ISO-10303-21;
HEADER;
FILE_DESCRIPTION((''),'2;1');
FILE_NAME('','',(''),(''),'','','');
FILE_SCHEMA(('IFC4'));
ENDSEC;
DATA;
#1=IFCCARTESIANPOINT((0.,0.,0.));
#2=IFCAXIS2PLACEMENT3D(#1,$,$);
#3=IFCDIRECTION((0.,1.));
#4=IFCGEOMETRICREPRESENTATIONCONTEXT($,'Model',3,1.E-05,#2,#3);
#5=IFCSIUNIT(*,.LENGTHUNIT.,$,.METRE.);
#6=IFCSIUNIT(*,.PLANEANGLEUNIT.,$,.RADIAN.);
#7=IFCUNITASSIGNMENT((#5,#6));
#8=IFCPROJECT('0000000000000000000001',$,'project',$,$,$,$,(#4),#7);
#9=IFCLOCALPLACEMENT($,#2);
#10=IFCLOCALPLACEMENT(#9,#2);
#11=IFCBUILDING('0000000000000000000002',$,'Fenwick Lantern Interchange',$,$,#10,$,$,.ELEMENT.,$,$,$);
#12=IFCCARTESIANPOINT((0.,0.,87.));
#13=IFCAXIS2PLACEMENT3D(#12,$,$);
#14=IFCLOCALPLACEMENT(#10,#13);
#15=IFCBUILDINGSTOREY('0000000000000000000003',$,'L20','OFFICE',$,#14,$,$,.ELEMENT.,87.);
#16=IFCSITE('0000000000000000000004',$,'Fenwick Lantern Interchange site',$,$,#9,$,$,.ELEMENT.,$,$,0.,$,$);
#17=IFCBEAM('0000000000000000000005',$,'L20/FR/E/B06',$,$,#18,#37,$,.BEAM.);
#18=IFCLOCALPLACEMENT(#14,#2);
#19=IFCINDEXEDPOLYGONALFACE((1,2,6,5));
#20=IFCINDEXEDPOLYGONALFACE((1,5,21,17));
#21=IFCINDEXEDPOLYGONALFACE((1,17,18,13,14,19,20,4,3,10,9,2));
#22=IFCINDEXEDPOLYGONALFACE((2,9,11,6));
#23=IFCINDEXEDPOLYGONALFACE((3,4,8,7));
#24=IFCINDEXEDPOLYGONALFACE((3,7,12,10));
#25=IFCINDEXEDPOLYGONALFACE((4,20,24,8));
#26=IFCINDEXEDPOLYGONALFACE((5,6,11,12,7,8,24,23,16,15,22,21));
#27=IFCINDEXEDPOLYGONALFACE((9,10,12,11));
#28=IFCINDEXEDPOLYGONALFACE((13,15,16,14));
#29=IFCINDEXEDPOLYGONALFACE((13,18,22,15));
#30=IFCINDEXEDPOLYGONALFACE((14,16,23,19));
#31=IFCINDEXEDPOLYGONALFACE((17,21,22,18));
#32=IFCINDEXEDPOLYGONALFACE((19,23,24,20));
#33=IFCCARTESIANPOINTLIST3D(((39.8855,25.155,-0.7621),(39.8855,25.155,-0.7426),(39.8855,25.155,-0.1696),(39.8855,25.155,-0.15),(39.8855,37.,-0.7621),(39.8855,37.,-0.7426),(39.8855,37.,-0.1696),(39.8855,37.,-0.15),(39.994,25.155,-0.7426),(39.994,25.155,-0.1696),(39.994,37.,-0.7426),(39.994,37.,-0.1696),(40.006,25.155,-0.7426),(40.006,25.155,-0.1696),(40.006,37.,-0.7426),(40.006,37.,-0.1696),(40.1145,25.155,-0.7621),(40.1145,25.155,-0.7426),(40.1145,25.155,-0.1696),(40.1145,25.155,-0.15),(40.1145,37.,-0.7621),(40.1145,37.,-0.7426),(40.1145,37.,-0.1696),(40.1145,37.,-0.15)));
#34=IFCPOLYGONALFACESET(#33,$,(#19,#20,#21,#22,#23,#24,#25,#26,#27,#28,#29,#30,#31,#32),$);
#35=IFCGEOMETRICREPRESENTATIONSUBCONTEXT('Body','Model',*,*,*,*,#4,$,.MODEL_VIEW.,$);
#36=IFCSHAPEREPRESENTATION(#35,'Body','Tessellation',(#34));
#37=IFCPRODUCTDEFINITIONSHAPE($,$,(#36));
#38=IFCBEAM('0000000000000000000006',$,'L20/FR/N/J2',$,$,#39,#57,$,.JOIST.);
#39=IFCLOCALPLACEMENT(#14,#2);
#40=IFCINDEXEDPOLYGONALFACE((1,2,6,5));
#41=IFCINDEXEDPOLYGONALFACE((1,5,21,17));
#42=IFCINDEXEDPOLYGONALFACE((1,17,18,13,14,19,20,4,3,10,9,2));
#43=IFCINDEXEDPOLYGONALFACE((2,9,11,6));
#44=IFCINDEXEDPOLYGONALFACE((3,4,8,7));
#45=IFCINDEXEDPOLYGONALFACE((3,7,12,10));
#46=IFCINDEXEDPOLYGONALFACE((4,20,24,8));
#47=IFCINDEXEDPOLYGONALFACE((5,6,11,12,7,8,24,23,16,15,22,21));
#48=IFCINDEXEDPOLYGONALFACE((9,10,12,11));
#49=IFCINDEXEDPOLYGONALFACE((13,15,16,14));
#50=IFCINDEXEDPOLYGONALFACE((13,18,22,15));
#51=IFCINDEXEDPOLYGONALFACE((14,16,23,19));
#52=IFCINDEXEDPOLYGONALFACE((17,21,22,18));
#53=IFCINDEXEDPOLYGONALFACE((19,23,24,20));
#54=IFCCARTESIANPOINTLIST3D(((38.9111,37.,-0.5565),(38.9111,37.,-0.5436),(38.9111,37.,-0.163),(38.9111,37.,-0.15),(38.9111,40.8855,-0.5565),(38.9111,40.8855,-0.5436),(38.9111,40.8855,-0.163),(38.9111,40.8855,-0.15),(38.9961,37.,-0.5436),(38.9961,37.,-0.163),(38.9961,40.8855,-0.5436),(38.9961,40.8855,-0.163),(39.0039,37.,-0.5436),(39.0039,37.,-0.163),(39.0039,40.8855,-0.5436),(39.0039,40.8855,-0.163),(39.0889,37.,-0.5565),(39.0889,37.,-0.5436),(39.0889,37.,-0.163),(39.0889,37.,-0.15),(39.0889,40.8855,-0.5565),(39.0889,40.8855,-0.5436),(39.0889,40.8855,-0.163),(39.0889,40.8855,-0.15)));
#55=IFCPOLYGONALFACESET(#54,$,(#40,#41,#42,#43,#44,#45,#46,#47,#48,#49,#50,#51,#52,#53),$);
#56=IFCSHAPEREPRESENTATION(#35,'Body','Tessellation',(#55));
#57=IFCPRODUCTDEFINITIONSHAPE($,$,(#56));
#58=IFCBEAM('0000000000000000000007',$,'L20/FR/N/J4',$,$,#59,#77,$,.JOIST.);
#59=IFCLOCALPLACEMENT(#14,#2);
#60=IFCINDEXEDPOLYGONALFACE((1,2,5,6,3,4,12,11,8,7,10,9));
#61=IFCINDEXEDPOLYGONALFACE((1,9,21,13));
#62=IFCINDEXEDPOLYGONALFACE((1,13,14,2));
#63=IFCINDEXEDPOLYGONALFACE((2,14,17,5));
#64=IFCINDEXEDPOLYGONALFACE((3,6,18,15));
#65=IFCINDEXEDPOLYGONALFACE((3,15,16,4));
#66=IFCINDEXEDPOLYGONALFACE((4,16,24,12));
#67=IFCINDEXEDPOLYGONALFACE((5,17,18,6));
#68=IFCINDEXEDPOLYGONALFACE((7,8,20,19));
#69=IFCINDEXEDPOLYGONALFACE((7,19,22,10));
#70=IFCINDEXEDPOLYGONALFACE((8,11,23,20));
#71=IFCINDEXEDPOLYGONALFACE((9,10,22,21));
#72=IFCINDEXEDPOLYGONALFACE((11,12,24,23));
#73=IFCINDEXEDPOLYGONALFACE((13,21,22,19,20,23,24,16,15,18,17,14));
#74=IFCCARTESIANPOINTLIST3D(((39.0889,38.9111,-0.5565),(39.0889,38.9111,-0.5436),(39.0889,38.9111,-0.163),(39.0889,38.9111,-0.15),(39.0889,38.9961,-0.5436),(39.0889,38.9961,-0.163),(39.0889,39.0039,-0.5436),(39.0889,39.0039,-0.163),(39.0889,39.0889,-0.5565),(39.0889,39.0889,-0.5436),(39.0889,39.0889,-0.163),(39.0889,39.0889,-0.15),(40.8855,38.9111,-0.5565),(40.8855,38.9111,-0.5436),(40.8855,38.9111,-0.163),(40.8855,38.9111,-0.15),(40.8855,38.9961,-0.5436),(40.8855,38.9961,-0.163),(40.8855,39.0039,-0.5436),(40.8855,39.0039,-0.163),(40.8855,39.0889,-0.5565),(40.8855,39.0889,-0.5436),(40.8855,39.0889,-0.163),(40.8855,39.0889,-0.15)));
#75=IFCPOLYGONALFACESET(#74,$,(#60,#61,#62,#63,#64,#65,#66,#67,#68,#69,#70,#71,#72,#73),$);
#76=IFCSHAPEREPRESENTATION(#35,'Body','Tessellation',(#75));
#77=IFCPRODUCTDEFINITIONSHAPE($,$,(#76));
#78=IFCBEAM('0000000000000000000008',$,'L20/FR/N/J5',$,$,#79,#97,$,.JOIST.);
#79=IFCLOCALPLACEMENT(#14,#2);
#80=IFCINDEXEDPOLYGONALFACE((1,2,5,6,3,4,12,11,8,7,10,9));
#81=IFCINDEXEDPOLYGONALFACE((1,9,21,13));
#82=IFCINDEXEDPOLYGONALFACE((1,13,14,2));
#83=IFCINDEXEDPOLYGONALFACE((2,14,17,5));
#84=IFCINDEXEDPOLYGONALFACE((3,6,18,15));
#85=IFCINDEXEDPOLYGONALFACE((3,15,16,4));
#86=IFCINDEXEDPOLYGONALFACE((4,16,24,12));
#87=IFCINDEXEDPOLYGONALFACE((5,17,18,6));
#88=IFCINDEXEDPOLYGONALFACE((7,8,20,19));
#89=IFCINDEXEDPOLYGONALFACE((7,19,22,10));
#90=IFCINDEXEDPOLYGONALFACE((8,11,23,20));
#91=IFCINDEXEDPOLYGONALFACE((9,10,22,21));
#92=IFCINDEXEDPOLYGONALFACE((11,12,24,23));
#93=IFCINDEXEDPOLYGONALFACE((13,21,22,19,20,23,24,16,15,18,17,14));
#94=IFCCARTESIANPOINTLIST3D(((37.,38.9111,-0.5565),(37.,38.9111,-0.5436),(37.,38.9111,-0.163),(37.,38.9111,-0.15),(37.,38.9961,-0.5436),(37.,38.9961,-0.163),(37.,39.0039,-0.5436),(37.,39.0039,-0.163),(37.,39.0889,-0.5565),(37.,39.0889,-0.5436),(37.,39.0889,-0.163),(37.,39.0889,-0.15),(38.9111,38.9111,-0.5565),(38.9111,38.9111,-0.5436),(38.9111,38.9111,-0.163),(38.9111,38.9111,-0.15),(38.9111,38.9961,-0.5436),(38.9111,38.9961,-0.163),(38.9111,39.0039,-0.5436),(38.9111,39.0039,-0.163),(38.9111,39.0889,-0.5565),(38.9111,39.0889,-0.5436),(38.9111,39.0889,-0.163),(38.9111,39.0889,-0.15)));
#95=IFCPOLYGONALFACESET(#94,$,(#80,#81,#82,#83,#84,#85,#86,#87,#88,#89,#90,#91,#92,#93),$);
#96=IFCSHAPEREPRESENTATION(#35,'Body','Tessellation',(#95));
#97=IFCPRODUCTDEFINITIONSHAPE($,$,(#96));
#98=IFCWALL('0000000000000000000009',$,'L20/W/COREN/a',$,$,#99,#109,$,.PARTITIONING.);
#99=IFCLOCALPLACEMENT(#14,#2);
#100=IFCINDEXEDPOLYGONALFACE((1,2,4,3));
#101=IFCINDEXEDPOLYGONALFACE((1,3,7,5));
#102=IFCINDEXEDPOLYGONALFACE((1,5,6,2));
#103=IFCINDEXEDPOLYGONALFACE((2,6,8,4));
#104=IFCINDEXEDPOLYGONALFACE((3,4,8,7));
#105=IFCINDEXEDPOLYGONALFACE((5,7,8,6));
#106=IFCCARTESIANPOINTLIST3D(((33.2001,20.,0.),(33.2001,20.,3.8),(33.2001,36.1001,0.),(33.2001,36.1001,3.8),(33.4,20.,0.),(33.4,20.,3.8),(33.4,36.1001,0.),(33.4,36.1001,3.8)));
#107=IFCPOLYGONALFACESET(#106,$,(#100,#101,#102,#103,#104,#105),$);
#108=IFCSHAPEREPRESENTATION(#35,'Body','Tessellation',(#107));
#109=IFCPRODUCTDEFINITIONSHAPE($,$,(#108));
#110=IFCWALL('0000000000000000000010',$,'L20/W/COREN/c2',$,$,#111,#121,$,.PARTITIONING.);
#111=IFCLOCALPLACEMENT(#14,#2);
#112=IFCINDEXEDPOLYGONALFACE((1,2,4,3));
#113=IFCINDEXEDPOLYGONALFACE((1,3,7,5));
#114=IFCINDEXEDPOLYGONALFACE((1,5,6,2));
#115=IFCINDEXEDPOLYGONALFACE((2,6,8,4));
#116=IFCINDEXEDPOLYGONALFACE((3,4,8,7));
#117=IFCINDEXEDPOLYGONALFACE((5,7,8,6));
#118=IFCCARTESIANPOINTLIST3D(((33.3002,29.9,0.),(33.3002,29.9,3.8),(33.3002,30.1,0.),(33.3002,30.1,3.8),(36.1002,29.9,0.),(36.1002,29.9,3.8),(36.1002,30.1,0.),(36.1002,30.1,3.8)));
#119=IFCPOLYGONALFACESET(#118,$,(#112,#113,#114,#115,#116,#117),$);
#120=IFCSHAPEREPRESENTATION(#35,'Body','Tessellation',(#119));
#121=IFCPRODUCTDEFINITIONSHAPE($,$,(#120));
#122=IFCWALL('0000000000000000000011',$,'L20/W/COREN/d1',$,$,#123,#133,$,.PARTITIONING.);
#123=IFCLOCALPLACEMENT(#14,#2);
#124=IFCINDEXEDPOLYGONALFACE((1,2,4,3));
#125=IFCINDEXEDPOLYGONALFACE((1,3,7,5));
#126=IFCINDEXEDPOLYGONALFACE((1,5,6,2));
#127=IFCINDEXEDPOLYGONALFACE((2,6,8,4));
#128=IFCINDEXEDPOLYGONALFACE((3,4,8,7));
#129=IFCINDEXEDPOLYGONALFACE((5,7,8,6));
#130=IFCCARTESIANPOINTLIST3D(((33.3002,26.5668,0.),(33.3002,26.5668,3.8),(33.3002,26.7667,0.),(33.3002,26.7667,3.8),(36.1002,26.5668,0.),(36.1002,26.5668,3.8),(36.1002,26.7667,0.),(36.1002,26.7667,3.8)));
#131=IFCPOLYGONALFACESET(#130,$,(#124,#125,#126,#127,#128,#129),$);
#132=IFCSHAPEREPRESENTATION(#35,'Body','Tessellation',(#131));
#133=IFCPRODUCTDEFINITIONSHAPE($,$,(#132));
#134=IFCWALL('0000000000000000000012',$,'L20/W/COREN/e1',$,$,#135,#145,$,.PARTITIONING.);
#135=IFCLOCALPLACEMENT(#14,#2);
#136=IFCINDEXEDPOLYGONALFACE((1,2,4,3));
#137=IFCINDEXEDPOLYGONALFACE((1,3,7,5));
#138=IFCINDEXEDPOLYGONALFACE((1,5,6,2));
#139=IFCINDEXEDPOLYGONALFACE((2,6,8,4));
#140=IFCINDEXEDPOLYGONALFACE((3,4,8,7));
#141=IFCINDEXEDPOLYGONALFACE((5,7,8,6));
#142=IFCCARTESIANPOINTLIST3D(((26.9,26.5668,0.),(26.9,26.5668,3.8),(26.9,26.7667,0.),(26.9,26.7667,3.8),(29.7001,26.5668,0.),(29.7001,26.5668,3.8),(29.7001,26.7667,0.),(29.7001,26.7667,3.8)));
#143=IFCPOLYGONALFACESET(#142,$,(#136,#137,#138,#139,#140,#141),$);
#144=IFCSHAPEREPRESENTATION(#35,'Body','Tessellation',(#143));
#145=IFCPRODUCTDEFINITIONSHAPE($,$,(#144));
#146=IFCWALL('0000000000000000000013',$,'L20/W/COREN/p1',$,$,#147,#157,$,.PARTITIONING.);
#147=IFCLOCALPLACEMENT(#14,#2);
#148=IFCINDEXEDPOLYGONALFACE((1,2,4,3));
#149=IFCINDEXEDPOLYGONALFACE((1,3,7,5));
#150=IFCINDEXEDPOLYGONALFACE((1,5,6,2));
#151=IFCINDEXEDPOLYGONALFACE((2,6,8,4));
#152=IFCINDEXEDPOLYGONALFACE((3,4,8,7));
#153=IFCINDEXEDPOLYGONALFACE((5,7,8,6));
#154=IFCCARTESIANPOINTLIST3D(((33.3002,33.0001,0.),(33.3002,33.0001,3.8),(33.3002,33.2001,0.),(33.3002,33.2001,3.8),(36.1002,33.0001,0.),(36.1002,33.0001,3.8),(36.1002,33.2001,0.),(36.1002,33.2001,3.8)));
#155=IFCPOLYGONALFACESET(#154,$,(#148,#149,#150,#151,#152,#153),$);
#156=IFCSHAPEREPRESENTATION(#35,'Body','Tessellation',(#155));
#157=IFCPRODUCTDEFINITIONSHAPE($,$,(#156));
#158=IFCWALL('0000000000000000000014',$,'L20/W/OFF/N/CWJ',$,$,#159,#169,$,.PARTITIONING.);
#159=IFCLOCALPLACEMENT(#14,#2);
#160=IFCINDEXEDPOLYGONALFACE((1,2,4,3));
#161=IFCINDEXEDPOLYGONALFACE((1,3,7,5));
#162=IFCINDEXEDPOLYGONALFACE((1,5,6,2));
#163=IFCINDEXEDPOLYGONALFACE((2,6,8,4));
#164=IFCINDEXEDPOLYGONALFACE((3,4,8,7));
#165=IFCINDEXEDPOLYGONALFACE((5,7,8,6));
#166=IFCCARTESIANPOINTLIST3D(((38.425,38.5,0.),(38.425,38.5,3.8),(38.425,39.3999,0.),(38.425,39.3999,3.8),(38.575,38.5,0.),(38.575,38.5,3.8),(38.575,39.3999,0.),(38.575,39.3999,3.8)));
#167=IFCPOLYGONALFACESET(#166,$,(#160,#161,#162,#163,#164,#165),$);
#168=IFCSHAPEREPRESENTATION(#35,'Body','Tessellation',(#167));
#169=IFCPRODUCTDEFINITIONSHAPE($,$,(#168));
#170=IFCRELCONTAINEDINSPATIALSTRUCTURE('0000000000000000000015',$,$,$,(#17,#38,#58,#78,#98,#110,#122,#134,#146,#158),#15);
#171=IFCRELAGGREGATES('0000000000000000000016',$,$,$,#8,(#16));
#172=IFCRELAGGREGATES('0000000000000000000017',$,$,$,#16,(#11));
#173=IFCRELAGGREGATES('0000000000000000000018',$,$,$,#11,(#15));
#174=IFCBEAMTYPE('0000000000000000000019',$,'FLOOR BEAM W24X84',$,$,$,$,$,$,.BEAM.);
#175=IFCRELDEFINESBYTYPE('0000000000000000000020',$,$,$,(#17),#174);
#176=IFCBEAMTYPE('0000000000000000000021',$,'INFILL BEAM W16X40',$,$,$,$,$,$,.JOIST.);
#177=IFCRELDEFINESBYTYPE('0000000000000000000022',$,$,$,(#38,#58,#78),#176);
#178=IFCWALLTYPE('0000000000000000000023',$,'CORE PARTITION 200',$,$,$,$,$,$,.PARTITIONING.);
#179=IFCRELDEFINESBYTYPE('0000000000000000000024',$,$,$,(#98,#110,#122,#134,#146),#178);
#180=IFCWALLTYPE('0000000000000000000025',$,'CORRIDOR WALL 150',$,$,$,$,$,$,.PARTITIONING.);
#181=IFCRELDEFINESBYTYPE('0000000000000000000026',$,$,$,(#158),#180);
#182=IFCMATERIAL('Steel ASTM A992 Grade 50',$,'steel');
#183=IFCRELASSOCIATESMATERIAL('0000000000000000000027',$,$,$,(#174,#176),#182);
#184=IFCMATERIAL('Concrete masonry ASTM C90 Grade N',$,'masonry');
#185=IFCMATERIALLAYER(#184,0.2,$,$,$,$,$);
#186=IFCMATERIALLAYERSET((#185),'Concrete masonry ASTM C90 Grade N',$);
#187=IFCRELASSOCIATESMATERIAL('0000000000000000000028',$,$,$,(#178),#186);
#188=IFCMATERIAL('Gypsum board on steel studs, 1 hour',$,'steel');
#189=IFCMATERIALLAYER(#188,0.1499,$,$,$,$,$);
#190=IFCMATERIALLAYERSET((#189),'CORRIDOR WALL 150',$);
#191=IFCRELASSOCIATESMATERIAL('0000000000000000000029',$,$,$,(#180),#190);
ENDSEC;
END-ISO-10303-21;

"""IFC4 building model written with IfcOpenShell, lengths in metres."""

from ifc_helpers import new_model, si_unit, direction, frame, frame_2d, origin, origin_2d, place, context, subcontext, project, spatial, rectangle, i_section, extrude, material, layer, layer_set, material_profile, profile_set, type_object, element, save


model = new_model("IFC4")

# Units and contexts
model_context = context("Model", 3, precision=1e-05, world=origin(), true_north=direction((0.0, 1.0)))
body_context = subcontext(model_context, "Body", "Model", "MODEL_VIEW")
ifc_project = project(units=[si_unit("LENGTHUNIT", "METRE"), si_unit("PLANEANGLEUNIT", "RADIAN")], contexts=[model_context])

# Site, building, storey
site_placement = place(None, origin())
site = spatial("IfcSite", under=ifc_project, at=site_placement, Name="Fenwick Lantern Interchange site", CompositionType="ELEMENT", RefElevation=0.0)
building_placement = place(site_placement, origin())
building = spatial("IfcBuilding", under=site, at=building_placement, Name="Fenwick Lantern Interchange", CompositionType="ELEMENT")
storey_placement = place(building_placement, frame((0.0, 0.0, 87.0)))
storey = spatial("IfcBuildingStorey", under=building, at=storey_placement, Name="L20", Description="OFFICE", CompositionType="ELEMENT", Elevation=87.0)

# Beams
ifc_material_1 = material(Name="Steel ASTM A992 Grade 50", Category="steel")
ifc_material_profile_1 = material_profile(ifc_material_1, i_section(OverallWidth=0.229, OverallDepth=0.6121, WebThickness=0.012, FlangeThickness=0.0195, at=origin_2d()), Name="W24X84")
ifc_profile_set_1 = profile_set([ifc_material_profile_1], Name="Steel ASTM A992 Grade 50")
beam_type_1 = type_object("IfcBeamType", Name="FLOOR BEAM W24X84", PredefinedType="BEAM", material=ifc_profile_set_1)
beam_1_placement = place(storey_placement, frame((40.0, 25.155, -0.4561), z_axis=(0.0, 1.0, 0.0), x_axis=(-1.0, 0.0, 0.0)))
element("IfcBeam", 1, at=beam_1_placement, inside=storey, type_object=beam_type_1, Name="L20/FR/E/B06", PredefinedType="BEAM", context=body_context, shape_type="SweptSolid", body=[
    extrude(i_section(OverallWidth=0.229, OverallDepth=0.6121, WebThickness=0.012, FlangeThickness=0.0195, at=origin_2d()), origin(), (0.0, 0.0, 1.0), 11.845),
])
ifc_material_profile_2 = material_profile(ifc_material_1, i_section(OverallWidth=0.1777, OverallDepth=0.4065, WebThickness=0.0078, FlangeThickness=0.0129, at=origin_2d()), Name="W16X40")
ifc_profile_set_2 = profile_set([ifc_material_profile_2], Name="Steel ASTM A992 Grade 50")
beam_type_2 = type_object("IfcBeamType", Name="INFILL BEAM W16X40", PredefinedType="JOIST", material=ifc_profile_set_2)
beam_2_placement = place(storey_placement, frame((39.0, 40.8855, -0.3533), z_axis=(0.0, -1.0, 0.0), x_axis=(1.0, 0.0, 0.0)))
element("IfcBeam", 2, at=beam_2_placement, inside=storey, type_object=beam_type_2, Name="L20/FR/N/J2", PredefinedType="JOIST", context=body_context, shape_type="SweptSolid", body=[
    extrude(i_section(OverallWidth=0.1777, OverallDepth=0.4065, WebThickness=0.0078, FlangeThickness=0.0129, at=origin_2d()), origin(), (0.0, 0.0, 1.0), 3.8855),
])
beam_3_placement = place(storey_placement, frame((40.8855, 39.0, -0.3533), z_axis=(-1.0, 0.0, 0.0), x_axis=(0.0, -1.0, 0.0)))
element("IfcBeam", 3, at=beam_3_placement, inside=storey, type_object=beam_type_2, Name="L20/FR/N/J4", PredefinedType="JOIST", context=body_context, shape_type="SweptSolid", body=[
    extrude(i_section(OverallWidth=0.1777, OverallDepth=0.4065, WebThickness=0.0078, FlangeThickness=0.0129, at=origin_2d()), origin(), (0.0, 0.0, 1.0), 1.7966),
])
beam_4_placement = place(storey_placement, frame((38.9111, 39.0, -0.3533), z_axis=(-1.0, 0.0, 0.0), x_axis=(0.0, -1.0, 0.0)))
element("IfcBeam", 4, at=beam_4_placement, inside=storey, type_object=beam_type_2, Name="L20/FR/N/J5", PredefinedType="JOIST", context=body_context, shape_type="SweptSolid", body=[
    extrude(i_section(OverallWidth=0.1777, OverallDepth=0.4065, WebThickness=0.0078, FlangeThickness=0.0129, at=origin_2d()), origin(), (0.0, 0.0, 1.0), 1.9111),
])

# Walls
ifc_material_2 = material(Name="Concrete masonry ASTM C90 Grade N", Category="masonry")
ifc_layer_1 = layer(ifc_material_2, 0.2)
ifc_layer_set_1 = layer_set([ifc_layer_1], Name="Concrete masonry ASTM C90 Grade N")
wall_type_1 = type_object("IfcWallType", Name="CORE PARTITION 200", PredefinedType="PARTITIONING", material=ifc_layer_set_1)
wall_1_placement = place(storey_placement, frame((33.3, 36.1001, 0.0), z_axis=(0.0, 0.0, 1.0), x_axis=(0.0, -1.0, 0.0)))
element("IfcWall", 5, at=wall_1_placement, inside=storey, type_object=wall_type_1, Name="L20/W/COREN/a", PredefinedType="PARTITIONING", context=body_context, shape_type="SweptSolid", body=[
    extrude(rectangle(XDim=16.1001, YDim=0.2, at=frame_2d((8.05, 0.0))), origin(), (0.0, 0.0, 1.0), 3.8),
])
for number, where, z_axis, x_axis, name in (
    (6, (36.1001, 30.0, 0.0), (0.0, 0.0, 1.0), (-1.0, 0.0, 0.0), "L20/W/COREN/c2"),
    (7, (36.1001, 26.6667, 0.0), (0.0, 0.0, 1.0), (-1.0, 0.0, 0.0), "L20/W/COREN/d1"),
    (8, (29.7, 26.6667, 0.0), (0.0, 0.0, 1.0), (-1.0, 0.0, 0.0), "L20/W/COREN/e1"),
    (9, (36.1001, 33.1001, 0.0), (0.0, 0.0, 1.0), (-1.0, 0.0, 0.0), "L20/W/COREN/p1"),
):
    element("IfcWall", number, at=place(storey_placement, frame(where, z_axis=z_axis, x_axis=x_axis)), inside=storey, type_object=wall_type_1, Name=name, PredefinedType="PARTITIONING", context=body_context, shape_type="SweptSolid", body=[
        extrude(rectangle(XDim=2.8, YDim=0.2, at=frame_2d((1.3999, 0.0))), origin(), (0.0, 0.0, 1.0), 3.8),
    ])

# Wall
ifc_material_3 = material(Name="Gypsum board on steel studs, 1 hour", Category="steel")
ifc_layer_2 = layer(ifc_material_3, 0.1499)
ifc_layer_set_2 = layer_set([ifc_layer_2], Name="CORRIDOR WALL 150")
wall_type_2 = type_object("IfcWallType", Name="CORRIDOR WALL 150", PredefinedType="PARTITIONING", material=ifc_layer_set_2)
wall_2_placement = place(storey_placement, frame((38.5, 38.5, 0.0), z_axis=(0.0, 0.0, 1.0), x_axis=(0.0, 1.0, 0.0)))
element("IfcWall", 10, at=wall_2_placement, inside=storey, type_object=wall_type_2, Name="L20/W/OFF/N/CWJ", PredefinedType="PARTITIONING", context=body_context, shape_type="SweptSolid", body=[
    extrude(rectangle(XDim=0.8999, YDim=0.1499, at=frame_2d((0.45, 0.0))), origin(), (0.0, 0.0, 1.0), 3.8),
])

save(model, "model.ifc")
